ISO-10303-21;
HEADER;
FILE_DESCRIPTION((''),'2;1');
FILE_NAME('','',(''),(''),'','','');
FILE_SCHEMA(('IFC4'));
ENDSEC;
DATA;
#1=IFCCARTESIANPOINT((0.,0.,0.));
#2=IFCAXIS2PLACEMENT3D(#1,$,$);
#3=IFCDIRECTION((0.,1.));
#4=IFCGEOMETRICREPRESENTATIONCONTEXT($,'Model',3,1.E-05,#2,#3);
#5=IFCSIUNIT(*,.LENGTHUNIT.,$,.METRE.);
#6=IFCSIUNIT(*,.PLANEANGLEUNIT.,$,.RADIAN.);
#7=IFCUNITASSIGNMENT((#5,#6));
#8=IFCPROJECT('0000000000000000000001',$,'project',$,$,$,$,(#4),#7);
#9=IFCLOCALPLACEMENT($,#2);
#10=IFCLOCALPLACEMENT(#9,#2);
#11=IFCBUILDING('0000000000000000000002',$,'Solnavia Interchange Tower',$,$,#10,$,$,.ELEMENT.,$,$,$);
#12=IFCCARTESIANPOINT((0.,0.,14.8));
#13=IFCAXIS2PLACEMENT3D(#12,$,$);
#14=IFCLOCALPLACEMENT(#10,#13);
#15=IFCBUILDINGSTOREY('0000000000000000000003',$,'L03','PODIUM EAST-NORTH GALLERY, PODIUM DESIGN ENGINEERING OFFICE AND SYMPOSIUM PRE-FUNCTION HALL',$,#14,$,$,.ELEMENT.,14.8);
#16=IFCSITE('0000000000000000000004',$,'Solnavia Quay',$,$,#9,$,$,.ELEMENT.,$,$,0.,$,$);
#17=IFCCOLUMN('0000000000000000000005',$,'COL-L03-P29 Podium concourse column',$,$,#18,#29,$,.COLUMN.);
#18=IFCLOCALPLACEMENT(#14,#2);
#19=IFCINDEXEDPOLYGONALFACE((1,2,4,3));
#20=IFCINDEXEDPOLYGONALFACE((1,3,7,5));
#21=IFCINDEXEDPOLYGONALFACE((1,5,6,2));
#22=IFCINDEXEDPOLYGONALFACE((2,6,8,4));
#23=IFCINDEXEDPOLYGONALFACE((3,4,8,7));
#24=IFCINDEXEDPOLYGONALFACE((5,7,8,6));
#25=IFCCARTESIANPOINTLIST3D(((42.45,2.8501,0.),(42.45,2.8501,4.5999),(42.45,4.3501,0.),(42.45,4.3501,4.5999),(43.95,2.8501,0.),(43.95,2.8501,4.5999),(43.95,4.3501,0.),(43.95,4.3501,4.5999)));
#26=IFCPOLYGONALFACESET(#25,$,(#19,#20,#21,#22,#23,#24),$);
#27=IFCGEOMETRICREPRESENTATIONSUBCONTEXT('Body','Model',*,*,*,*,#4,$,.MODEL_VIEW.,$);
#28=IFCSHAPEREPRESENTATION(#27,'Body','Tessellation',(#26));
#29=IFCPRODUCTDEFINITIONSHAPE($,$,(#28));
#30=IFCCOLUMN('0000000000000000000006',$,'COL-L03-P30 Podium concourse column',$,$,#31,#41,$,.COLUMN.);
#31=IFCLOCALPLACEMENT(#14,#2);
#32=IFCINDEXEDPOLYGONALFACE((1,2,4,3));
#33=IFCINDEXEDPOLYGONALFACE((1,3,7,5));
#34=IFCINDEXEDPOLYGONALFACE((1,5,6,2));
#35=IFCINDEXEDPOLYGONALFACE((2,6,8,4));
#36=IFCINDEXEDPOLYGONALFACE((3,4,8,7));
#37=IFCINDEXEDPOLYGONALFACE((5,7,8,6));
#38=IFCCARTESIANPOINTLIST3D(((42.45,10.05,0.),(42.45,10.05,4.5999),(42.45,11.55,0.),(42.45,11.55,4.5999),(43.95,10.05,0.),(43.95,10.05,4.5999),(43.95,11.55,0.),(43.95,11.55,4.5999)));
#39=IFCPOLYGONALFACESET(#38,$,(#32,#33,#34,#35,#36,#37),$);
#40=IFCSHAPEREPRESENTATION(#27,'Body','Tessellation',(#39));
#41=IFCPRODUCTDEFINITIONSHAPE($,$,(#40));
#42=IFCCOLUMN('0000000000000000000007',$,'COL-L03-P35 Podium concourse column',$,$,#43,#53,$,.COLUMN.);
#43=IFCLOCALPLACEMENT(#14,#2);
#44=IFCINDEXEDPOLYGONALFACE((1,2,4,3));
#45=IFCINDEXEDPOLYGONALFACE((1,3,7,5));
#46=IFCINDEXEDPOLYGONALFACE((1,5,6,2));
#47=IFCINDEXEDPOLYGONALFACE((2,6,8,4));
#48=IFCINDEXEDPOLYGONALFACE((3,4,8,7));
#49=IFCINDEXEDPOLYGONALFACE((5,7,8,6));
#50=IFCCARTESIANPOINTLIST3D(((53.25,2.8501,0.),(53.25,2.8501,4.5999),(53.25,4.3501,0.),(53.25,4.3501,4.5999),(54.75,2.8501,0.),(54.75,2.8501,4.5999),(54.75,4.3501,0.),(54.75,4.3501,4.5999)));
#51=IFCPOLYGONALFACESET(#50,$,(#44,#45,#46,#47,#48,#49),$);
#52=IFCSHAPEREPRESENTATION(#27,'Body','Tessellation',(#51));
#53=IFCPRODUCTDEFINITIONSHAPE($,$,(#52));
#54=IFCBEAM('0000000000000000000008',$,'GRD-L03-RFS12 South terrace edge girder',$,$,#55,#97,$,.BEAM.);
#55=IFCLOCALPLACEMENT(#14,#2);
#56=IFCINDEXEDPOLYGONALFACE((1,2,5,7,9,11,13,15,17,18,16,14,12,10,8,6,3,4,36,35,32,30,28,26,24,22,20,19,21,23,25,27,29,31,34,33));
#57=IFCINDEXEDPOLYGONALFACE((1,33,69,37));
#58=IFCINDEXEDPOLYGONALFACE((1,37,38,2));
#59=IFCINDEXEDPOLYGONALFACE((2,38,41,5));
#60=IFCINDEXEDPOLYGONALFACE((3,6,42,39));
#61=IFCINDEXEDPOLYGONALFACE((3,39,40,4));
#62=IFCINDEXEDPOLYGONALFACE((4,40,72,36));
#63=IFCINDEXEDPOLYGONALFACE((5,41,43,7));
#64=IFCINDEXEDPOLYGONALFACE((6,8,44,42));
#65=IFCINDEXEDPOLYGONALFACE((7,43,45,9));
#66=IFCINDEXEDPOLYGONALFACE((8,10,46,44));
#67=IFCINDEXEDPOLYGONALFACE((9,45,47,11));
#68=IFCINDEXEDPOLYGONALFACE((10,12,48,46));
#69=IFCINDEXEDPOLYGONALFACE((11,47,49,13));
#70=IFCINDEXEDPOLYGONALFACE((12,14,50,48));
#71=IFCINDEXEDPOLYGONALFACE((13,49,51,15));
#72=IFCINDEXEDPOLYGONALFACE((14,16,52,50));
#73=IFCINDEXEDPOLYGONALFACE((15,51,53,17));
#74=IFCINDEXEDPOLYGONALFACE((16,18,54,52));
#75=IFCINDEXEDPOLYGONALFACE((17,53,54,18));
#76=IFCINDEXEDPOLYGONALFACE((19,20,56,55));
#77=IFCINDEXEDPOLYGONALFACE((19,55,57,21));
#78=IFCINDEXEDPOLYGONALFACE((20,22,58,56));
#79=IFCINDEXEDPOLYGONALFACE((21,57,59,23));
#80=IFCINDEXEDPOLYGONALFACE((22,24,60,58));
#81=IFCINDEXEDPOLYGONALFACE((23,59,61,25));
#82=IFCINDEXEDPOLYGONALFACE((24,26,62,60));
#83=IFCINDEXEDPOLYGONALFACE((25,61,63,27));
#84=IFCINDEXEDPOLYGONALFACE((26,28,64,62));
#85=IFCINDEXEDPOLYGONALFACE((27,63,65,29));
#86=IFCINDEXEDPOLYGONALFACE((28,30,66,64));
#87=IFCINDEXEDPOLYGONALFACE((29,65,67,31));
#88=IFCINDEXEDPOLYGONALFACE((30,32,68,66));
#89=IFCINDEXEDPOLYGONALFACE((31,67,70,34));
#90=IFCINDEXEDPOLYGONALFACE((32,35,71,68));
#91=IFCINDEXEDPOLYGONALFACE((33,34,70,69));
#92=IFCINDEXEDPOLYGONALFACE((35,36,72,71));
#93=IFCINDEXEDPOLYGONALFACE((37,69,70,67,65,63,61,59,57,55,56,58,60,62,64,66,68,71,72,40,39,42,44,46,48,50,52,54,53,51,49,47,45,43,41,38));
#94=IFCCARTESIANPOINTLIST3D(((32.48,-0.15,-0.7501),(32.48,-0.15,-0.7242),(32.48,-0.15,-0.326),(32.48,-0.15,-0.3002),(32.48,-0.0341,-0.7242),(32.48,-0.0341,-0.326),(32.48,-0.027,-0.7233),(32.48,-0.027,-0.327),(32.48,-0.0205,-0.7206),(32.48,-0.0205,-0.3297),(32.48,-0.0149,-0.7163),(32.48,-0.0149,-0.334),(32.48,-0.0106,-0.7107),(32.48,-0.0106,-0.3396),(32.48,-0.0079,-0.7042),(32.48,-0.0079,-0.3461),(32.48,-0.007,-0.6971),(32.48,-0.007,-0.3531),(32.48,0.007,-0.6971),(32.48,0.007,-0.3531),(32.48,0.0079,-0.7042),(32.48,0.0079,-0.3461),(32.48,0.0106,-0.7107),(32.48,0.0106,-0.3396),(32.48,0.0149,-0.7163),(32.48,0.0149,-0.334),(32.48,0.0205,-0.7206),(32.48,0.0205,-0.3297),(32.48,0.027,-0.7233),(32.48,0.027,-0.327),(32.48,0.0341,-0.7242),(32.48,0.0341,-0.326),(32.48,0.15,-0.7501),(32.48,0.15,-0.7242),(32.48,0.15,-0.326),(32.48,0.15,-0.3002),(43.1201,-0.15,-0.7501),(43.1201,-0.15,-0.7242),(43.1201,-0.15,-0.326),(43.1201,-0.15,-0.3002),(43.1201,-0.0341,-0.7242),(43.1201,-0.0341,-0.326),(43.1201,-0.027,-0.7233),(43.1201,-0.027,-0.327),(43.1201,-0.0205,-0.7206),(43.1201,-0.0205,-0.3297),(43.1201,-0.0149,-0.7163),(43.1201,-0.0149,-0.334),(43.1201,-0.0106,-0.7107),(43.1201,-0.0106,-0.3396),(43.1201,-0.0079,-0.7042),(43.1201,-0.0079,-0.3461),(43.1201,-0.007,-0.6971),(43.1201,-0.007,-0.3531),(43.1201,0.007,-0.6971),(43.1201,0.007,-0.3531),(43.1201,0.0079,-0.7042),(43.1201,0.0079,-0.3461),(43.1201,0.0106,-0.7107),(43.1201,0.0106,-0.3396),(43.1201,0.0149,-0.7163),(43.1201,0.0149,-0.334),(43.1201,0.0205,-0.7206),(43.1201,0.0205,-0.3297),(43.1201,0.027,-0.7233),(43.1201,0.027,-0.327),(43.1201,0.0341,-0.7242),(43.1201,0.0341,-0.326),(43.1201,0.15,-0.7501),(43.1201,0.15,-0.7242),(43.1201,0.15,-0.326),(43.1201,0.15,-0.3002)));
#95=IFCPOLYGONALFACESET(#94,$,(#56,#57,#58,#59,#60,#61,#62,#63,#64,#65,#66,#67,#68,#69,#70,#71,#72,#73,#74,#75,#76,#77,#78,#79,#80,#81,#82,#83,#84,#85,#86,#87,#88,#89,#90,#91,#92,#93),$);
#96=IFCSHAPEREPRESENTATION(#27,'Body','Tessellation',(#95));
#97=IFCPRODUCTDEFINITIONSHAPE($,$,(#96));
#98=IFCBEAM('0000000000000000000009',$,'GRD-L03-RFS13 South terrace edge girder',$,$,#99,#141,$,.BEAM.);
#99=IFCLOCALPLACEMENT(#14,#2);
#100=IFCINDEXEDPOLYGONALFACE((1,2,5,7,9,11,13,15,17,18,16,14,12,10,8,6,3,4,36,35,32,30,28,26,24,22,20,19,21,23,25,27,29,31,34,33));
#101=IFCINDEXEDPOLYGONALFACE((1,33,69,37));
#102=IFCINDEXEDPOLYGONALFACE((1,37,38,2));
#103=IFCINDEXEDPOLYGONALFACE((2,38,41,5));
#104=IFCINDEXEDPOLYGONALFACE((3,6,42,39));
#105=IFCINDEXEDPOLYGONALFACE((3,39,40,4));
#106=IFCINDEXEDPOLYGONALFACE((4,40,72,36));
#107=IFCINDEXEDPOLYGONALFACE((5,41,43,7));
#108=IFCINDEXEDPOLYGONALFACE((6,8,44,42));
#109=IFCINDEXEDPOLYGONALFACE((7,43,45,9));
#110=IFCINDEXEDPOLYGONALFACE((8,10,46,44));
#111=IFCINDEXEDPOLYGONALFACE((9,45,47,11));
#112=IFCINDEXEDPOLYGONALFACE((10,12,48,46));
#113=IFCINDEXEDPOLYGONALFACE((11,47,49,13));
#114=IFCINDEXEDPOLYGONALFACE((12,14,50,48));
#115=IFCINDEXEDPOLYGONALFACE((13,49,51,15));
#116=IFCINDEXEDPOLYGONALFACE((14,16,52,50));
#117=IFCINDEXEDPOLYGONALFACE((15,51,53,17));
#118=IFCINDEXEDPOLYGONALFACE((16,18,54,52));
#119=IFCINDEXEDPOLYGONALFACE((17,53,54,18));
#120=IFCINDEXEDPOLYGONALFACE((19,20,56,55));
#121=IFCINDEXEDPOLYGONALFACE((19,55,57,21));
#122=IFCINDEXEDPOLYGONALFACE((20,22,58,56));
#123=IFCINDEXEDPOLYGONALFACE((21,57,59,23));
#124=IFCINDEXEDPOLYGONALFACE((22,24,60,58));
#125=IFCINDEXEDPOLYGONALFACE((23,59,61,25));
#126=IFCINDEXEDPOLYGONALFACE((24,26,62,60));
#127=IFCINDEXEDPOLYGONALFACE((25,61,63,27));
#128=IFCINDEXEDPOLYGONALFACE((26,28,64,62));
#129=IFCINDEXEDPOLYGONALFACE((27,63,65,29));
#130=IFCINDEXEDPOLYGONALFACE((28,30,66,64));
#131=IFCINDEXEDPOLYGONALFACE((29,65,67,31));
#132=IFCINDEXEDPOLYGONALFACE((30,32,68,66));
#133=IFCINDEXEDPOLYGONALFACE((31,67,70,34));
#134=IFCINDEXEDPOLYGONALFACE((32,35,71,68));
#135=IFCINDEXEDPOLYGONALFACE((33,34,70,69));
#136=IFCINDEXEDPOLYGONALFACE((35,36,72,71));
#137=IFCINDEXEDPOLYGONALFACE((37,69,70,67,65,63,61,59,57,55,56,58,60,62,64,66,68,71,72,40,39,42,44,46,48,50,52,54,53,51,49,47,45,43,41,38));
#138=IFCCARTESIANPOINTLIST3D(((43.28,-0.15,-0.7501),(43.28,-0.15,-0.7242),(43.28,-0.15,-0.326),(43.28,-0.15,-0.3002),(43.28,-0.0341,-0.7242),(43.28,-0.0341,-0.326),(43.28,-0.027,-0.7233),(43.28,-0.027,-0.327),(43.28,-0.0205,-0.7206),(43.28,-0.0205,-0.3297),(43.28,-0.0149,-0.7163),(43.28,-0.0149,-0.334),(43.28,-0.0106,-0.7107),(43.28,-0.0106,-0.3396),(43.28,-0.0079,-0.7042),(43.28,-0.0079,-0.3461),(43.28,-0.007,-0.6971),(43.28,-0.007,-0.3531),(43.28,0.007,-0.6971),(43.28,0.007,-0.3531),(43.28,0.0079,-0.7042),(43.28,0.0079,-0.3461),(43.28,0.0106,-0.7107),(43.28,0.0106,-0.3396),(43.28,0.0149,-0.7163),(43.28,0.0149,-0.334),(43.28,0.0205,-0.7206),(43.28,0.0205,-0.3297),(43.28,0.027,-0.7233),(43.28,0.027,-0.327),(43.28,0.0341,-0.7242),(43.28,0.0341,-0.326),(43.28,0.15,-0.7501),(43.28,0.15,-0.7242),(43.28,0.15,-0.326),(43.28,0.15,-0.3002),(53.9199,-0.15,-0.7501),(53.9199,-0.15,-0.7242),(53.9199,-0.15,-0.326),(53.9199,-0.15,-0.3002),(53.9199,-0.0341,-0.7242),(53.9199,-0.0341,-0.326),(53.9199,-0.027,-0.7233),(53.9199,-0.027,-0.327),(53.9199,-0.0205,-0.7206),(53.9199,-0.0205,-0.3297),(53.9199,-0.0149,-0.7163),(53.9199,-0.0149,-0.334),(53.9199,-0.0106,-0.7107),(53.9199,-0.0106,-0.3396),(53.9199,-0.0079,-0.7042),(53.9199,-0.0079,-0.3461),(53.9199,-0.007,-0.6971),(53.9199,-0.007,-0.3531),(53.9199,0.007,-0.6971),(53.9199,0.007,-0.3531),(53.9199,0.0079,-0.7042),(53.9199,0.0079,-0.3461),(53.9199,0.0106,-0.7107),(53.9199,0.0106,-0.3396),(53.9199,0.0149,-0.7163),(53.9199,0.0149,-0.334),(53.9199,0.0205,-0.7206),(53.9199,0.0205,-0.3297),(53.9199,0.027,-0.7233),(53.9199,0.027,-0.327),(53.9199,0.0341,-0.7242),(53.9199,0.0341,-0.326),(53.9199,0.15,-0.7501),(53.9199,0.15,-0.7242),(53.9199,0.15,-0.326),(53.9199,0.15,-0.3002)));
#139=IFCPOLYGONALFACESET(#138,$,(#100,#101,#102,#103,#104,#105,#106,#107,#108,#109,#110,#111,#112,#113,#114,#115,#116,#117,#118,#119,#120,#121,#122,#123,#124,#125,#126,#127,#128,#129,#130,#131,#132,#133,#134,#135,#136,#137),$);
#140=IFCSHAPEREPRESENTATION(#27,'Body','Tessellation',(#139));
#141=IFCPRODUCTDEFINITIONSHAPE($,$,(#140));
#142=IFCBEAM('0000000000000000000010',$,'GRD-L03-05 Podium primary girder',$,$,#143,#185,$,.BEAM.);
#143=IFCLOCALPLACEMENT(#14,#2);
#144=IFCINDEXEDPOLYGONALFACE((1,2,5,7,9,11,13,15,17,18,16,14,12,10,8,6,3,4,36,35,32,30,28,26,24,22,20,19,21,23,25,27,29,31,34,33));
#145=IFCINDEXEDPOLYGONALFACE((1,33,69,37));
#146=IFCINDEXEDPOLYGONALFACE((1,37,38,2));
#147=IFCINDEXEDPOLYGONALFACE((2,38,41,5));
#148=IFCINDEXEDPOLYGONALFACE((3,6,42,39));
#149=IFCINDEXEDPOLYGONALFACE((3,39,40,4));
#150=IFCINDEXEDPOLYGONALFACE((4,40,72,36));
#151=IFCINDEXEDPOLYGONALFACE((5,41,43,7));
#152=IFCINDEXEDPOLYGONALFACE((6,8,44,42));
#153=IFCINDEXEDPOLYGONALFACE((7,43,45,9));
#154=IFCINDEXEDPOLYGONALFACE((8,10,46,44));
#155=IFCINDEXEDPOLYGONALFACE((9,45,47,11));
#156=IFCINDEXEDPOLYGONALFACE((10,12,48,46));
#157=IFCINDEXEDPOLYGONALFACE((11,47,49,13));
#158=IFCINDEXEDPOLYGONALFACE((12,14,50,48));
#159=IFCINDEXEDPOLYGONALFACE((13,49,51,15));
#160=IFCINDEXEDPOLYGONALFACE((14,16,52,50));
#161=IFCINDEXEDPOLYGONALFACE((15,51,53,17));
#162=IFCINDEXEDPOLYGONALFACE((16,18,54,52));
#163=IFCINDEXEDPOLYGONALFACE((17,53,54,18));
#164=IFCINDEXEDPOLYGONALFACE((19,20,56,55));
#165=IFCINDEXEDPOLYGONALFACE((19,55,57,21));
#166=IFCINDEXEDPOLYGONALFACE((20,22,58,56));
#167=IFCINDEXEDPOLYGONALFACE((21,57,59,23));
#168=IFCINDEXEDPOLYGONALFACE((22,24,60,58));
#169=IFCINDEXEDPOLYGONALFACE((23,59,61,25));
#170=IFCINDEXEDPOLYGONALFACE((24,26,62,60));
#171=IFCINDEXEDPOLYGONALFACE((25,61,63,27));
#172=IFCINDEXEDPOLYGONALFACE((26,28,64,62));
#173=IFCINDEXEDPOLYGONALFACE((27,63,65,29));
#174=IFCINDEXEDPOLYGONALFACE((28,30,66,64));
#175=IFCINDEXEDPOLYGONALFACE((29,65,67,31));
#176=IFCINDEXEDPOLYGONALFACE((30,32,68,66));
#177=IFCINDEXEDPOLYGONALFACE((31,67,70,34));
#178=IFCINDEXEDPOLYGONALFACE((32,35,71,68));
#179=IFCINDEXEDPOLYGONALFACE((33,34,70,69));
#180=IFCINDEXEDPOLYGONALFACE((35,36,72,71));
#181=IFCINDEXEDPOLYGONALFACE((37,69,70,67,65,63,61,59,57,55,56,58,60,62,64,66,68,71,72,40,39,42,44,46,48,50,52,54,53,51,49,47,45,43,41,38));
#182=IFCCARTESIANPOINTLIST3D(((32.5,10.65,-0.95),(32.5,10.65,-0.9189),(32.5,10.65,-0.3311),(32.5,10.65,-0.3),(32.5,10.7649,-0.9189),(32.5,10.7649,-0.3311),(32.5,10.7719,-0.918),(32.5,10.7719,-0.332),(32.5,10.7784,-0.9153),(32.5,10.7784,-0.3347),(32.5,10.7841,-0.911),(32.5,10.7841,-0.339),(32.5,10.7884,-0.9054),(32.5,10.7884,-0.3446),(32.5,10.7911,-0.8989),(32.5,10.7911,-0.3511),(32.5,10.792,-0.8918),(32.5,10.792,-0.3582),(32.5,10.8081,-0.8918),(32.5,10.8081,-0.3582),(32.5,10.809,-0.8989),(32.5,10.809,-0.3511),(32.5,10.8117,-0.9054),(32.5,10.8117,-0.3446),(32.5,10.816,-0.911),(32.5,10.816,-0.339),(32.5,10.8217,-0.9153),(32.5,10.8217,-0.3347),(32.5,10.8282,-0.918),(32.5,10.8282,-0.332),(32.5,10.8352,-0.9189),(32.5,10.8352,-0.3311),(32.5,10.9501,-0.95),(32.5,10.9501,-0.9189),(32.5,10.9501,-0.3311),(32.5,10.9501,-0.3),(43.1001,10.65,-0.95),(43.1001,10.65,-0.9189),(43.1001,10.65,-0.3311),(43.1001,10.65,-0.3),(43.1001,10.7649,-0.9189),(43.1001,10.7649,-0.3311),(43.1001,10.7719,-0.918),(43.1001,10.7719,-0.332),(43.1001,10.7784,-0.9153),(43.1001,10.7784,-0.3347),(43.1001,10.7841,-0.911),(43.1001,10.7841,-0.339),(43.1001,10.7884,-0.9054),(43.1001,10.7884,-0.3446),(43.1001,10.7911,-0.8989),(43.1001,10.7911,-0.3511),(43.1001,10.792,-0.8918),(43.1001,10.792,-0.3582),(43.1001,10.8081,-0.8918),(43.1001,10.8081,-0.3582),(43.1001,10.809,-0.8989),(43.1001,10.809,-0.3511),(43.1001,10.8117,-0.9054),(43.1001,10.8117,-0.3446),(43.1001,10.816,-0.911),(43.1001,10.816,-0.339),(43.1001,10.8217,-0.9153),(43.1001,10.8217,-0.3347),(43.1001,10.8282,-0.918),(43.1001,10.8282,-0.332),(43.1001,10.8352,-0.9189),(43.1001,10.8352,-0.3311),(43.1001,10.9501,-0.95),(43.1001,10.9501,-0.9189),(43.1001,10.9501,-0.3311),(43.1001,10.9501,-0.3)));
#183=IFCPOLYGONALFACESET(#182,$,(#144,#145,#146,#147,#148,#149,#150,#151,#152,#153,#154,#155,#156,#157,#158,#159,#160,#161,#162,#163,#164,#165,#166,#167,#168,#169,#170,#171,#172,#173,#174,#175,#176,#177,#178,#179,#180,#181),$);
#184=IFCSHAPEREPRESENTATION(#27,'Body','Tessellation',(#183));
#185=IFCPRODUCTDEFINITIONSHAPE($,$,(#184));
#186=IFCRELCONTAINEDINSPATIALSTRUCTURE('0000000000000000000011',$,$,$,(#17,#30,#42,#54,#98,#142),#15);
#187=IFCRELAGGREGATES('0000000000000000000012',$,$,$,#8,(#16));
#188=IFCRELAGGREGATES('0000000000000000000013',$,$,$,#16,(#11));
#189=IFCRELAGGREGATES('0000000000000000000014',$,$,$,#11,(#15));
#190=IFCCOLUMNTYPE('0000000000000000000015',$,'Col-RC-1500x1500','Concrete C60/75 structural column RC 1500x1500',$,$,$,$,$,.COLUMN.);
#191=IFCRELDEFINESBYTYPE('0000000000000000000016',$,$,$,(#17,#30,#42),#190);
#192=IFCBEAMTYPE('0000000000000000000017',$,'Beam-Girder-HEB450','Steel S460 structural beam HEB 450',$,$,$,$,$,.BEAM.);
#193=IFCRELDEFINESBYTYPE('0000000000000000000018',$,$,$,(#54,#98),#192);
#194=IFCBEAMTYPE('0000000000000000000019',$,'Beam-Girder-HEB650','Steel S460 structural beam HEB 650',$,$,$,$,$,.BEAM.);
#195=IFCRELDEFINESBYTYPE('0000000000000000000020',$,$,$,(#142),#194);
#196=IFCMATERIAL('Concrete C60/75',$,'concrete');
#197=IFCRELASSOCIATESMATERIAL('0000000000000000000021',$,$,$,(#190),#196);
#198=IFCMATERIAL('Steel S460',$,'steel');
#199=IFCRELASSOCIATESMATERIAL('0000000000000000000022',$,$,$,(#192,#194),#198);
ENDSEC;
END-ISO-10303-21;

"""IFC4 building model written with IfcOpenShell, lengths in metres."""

from ifc_helpers import new_model, si_unit, direction, frame, origin, origin_2d, place, context, subcontext, project, spatial, rectangle, i_section, extrude, material, material_profile, profile_set, type_object, element, save


model = new_model("IFC4")

# Units and contexts
model_context = context("Model", 3, precision=1e-05, world=origin(), true_north=direction((0.0, 1.0)))
body_context = subcontext(model_context, "Body", "Model", "MODEL_VIEW")
ifc_project = project(units=[si_unit("LENGTHUNIT", "METRE"), si_unit("PLANEANGLEUNIT", "RADIAN")], contexts=[model_context])

# Site, building, storey
site_placement = place(None, origin())
site = spatial("IfcSite", under=ifc_project, at=site_placement, Name="Solnavia Quay", CompositionType="ELEMENT", RefElevation=0.0)
building_placement = place(site_placement, origin())
building = spatial("IfcBuilding", under=site, at=building_placement, Name="Solnavia Interchange Tower", CompositionType="ELEMENT")
storey_placement = place(building_placement, frame((0.0, 0.0, 14.8)))
storey = spatial("IfcBuildingStorey", under=building, at=storey_placement, Name="L03", Description="PODIUM EAST-NORTH GALLERY, PODIUM DESIGN ENGINEERING OFFICE AND SYMPOSIUM PRE-FUNCTION HALL", CompositionType="ELEMENT", Elevation=14.8)

# Columns
ifc_material_1 = material(Name="Concrete C60/75", Category="concrete")
ifc_material_profile_1 = material_profile(ifc_material_1, rectangle(XDim=1.5, YDim=1.5, at=origin_2d()), Name="RC 1500x1500")
ifc_profile_set_1 = profile_set([ifc_material_profile_1], Name="Concrete C60/75")
column_type = type_object("IfcColumnType", Name="Col-RC-1500x1500", Description="Concrete C60/75 structural column RC 1500x1500", PredefinedType="COLUMN", material=ifc_profile_set_1)
for number, where, z_axis, x_axis, name in (
    (1, (43.2, 3.6001, 0.0), (0.0, 0.0, 1.0), (1.0, 0.0, 0.0), "COL-L03-P29 Podium concourse column"),
    (2, (43.2, 10.8, 0.0), (0.0, 0.0, 1.0), (1.0, 0.0, 0.0), "COL-L03-P30 Podium concourse column"),
    (3, (54.0, 3.6001, 0.0), (0.0, 0.0, 1.0), (1.0, 0.0, 0.0), "COL-L03-P35 Podium concourse column"),
):
    element("IfcColumn", number, at=place(storey_placement, frame(where, z_axis=z_axis, x_axis=x_axis)), inside=storey, type_object=column_type, Name=name, PredefinedType="COLUMN", context=body_context, shape_type="SweptSolid", body=[
        extrude(rectangle(XDim=1.5, YDim=1.5, at=origin_2d()), origin(), (0.0, 0.0, 1.0), 4.5999),
    ])

# Beams
ifc_material_2 = material(Name="Steel S460", Category="steel")
ifc_material_profile_2 = material_profile(ifc_material_2, i_section(OverallWidth=0.3, OverallDepth=0.45, WebThickness=0.0139, FlangeThickness=0.0259, FilletRadius=0.0271, at=origin_2d()), Name="HEB 450")
ifc_profile_set_2 = profile_set([ifc_material_profile_2], Name="Steel S460")
beam_type_1 = type_object("IfcBeamType", Name="Beam-Girder-HEB450", Description="Steel S460 structural beam HEB 450", PredefinedType="BEAM", material=ifc_profile_set_2)
beam_1_placement = place(storey_placement, frame((32.48, 0.0, -0.5251), z_axis=(1.0, 0.0, 0.0), x_axis=(0.0, 1.0, 0.0)))
element("IfcBeam", 4, at=beam_1_placement, inside=storey, type_object=beam_type_1, Name="GRD-L03-RFS12 South terrace edge girder", PredefinedType="BEAM", context=body_context, shape_type="SweptSolid", body=[
    extrude(i_section(OverallWidth=0.3, OverallDepth=0.45, WebThickness=0.0139, FlangeThickness=0.0259, FilletRadius=0.0271, at=origin_2d()), origin(), (0.0, 0.0, 1.0), 10.6401),
])
beam_2_placement = place(storey_placement, frame((43.28, 0.0, -0.5251), z_axis=(1.0, 0.0, 0.0), x_axis=(0.0, 1.0, 0.0)))
element("IfcBeam", 5, at=beam_2_placement, inside=storey, type_object=beam_type_1, Name="GRD-L03-RFS13 South terrace edge girder", PredefinedType="BEAM", context=body_context, shape_type="SweptSolid", body=[
    extrude(i_section(OverallWidth=0.3, OverallDepth=0.45, WebThickness=0.0139, FlangeThickness=0.0259, FilletRadius=0.0271, at=origin_2d()), origin(), (0.0, 0.0, 1.0), 10.6399),
])
ifc_material_profile_3 = material_profile(ifc_material_2, i_section(OverallWidth=0.3, OverallDepth=0.6499, WebThickness=0.0161, FlangeThickness=0.031, FilletRadius=0.0271, at=origin_2d()), Name="HEB 650")
ifc_profile_set_3 = profile_set([ifc_material_profile_3], Name="Steel S460")
beam_type_2 = type_object("IfcBeamType", Name="Beam-Girder-HEB650", Description="Steel S460 structural beam HEB 650", PredefinedType="BEAM", material=ifc_profile_set_3)
beam_3_placement = place(storey_placement, frame((32.5, 10.8, -0.625), z_axis=(1.0, 0.0, 0.0), x_axis=(0.0, 1.0, 0.0)))
element("IfcBeam", 6, at=beam_3_placement, inside=storey, type_object=beam_type_2, Name="GRD-L03-05 Podium primary girder", PredefinedType="BEAM", context=body_context, shape_type="SweptSolid", body=[
    extrude(i_section(OverallWidth=0.3, OverallDepth=0.6499, WebThickness=0.0161, FlangeThickness=0.031, FilletRadius=0.0271, at=origin_2d()), origin(), (0.0, 0.0, 1.0), 10.6001),
])

save(model, "model.ifc")
